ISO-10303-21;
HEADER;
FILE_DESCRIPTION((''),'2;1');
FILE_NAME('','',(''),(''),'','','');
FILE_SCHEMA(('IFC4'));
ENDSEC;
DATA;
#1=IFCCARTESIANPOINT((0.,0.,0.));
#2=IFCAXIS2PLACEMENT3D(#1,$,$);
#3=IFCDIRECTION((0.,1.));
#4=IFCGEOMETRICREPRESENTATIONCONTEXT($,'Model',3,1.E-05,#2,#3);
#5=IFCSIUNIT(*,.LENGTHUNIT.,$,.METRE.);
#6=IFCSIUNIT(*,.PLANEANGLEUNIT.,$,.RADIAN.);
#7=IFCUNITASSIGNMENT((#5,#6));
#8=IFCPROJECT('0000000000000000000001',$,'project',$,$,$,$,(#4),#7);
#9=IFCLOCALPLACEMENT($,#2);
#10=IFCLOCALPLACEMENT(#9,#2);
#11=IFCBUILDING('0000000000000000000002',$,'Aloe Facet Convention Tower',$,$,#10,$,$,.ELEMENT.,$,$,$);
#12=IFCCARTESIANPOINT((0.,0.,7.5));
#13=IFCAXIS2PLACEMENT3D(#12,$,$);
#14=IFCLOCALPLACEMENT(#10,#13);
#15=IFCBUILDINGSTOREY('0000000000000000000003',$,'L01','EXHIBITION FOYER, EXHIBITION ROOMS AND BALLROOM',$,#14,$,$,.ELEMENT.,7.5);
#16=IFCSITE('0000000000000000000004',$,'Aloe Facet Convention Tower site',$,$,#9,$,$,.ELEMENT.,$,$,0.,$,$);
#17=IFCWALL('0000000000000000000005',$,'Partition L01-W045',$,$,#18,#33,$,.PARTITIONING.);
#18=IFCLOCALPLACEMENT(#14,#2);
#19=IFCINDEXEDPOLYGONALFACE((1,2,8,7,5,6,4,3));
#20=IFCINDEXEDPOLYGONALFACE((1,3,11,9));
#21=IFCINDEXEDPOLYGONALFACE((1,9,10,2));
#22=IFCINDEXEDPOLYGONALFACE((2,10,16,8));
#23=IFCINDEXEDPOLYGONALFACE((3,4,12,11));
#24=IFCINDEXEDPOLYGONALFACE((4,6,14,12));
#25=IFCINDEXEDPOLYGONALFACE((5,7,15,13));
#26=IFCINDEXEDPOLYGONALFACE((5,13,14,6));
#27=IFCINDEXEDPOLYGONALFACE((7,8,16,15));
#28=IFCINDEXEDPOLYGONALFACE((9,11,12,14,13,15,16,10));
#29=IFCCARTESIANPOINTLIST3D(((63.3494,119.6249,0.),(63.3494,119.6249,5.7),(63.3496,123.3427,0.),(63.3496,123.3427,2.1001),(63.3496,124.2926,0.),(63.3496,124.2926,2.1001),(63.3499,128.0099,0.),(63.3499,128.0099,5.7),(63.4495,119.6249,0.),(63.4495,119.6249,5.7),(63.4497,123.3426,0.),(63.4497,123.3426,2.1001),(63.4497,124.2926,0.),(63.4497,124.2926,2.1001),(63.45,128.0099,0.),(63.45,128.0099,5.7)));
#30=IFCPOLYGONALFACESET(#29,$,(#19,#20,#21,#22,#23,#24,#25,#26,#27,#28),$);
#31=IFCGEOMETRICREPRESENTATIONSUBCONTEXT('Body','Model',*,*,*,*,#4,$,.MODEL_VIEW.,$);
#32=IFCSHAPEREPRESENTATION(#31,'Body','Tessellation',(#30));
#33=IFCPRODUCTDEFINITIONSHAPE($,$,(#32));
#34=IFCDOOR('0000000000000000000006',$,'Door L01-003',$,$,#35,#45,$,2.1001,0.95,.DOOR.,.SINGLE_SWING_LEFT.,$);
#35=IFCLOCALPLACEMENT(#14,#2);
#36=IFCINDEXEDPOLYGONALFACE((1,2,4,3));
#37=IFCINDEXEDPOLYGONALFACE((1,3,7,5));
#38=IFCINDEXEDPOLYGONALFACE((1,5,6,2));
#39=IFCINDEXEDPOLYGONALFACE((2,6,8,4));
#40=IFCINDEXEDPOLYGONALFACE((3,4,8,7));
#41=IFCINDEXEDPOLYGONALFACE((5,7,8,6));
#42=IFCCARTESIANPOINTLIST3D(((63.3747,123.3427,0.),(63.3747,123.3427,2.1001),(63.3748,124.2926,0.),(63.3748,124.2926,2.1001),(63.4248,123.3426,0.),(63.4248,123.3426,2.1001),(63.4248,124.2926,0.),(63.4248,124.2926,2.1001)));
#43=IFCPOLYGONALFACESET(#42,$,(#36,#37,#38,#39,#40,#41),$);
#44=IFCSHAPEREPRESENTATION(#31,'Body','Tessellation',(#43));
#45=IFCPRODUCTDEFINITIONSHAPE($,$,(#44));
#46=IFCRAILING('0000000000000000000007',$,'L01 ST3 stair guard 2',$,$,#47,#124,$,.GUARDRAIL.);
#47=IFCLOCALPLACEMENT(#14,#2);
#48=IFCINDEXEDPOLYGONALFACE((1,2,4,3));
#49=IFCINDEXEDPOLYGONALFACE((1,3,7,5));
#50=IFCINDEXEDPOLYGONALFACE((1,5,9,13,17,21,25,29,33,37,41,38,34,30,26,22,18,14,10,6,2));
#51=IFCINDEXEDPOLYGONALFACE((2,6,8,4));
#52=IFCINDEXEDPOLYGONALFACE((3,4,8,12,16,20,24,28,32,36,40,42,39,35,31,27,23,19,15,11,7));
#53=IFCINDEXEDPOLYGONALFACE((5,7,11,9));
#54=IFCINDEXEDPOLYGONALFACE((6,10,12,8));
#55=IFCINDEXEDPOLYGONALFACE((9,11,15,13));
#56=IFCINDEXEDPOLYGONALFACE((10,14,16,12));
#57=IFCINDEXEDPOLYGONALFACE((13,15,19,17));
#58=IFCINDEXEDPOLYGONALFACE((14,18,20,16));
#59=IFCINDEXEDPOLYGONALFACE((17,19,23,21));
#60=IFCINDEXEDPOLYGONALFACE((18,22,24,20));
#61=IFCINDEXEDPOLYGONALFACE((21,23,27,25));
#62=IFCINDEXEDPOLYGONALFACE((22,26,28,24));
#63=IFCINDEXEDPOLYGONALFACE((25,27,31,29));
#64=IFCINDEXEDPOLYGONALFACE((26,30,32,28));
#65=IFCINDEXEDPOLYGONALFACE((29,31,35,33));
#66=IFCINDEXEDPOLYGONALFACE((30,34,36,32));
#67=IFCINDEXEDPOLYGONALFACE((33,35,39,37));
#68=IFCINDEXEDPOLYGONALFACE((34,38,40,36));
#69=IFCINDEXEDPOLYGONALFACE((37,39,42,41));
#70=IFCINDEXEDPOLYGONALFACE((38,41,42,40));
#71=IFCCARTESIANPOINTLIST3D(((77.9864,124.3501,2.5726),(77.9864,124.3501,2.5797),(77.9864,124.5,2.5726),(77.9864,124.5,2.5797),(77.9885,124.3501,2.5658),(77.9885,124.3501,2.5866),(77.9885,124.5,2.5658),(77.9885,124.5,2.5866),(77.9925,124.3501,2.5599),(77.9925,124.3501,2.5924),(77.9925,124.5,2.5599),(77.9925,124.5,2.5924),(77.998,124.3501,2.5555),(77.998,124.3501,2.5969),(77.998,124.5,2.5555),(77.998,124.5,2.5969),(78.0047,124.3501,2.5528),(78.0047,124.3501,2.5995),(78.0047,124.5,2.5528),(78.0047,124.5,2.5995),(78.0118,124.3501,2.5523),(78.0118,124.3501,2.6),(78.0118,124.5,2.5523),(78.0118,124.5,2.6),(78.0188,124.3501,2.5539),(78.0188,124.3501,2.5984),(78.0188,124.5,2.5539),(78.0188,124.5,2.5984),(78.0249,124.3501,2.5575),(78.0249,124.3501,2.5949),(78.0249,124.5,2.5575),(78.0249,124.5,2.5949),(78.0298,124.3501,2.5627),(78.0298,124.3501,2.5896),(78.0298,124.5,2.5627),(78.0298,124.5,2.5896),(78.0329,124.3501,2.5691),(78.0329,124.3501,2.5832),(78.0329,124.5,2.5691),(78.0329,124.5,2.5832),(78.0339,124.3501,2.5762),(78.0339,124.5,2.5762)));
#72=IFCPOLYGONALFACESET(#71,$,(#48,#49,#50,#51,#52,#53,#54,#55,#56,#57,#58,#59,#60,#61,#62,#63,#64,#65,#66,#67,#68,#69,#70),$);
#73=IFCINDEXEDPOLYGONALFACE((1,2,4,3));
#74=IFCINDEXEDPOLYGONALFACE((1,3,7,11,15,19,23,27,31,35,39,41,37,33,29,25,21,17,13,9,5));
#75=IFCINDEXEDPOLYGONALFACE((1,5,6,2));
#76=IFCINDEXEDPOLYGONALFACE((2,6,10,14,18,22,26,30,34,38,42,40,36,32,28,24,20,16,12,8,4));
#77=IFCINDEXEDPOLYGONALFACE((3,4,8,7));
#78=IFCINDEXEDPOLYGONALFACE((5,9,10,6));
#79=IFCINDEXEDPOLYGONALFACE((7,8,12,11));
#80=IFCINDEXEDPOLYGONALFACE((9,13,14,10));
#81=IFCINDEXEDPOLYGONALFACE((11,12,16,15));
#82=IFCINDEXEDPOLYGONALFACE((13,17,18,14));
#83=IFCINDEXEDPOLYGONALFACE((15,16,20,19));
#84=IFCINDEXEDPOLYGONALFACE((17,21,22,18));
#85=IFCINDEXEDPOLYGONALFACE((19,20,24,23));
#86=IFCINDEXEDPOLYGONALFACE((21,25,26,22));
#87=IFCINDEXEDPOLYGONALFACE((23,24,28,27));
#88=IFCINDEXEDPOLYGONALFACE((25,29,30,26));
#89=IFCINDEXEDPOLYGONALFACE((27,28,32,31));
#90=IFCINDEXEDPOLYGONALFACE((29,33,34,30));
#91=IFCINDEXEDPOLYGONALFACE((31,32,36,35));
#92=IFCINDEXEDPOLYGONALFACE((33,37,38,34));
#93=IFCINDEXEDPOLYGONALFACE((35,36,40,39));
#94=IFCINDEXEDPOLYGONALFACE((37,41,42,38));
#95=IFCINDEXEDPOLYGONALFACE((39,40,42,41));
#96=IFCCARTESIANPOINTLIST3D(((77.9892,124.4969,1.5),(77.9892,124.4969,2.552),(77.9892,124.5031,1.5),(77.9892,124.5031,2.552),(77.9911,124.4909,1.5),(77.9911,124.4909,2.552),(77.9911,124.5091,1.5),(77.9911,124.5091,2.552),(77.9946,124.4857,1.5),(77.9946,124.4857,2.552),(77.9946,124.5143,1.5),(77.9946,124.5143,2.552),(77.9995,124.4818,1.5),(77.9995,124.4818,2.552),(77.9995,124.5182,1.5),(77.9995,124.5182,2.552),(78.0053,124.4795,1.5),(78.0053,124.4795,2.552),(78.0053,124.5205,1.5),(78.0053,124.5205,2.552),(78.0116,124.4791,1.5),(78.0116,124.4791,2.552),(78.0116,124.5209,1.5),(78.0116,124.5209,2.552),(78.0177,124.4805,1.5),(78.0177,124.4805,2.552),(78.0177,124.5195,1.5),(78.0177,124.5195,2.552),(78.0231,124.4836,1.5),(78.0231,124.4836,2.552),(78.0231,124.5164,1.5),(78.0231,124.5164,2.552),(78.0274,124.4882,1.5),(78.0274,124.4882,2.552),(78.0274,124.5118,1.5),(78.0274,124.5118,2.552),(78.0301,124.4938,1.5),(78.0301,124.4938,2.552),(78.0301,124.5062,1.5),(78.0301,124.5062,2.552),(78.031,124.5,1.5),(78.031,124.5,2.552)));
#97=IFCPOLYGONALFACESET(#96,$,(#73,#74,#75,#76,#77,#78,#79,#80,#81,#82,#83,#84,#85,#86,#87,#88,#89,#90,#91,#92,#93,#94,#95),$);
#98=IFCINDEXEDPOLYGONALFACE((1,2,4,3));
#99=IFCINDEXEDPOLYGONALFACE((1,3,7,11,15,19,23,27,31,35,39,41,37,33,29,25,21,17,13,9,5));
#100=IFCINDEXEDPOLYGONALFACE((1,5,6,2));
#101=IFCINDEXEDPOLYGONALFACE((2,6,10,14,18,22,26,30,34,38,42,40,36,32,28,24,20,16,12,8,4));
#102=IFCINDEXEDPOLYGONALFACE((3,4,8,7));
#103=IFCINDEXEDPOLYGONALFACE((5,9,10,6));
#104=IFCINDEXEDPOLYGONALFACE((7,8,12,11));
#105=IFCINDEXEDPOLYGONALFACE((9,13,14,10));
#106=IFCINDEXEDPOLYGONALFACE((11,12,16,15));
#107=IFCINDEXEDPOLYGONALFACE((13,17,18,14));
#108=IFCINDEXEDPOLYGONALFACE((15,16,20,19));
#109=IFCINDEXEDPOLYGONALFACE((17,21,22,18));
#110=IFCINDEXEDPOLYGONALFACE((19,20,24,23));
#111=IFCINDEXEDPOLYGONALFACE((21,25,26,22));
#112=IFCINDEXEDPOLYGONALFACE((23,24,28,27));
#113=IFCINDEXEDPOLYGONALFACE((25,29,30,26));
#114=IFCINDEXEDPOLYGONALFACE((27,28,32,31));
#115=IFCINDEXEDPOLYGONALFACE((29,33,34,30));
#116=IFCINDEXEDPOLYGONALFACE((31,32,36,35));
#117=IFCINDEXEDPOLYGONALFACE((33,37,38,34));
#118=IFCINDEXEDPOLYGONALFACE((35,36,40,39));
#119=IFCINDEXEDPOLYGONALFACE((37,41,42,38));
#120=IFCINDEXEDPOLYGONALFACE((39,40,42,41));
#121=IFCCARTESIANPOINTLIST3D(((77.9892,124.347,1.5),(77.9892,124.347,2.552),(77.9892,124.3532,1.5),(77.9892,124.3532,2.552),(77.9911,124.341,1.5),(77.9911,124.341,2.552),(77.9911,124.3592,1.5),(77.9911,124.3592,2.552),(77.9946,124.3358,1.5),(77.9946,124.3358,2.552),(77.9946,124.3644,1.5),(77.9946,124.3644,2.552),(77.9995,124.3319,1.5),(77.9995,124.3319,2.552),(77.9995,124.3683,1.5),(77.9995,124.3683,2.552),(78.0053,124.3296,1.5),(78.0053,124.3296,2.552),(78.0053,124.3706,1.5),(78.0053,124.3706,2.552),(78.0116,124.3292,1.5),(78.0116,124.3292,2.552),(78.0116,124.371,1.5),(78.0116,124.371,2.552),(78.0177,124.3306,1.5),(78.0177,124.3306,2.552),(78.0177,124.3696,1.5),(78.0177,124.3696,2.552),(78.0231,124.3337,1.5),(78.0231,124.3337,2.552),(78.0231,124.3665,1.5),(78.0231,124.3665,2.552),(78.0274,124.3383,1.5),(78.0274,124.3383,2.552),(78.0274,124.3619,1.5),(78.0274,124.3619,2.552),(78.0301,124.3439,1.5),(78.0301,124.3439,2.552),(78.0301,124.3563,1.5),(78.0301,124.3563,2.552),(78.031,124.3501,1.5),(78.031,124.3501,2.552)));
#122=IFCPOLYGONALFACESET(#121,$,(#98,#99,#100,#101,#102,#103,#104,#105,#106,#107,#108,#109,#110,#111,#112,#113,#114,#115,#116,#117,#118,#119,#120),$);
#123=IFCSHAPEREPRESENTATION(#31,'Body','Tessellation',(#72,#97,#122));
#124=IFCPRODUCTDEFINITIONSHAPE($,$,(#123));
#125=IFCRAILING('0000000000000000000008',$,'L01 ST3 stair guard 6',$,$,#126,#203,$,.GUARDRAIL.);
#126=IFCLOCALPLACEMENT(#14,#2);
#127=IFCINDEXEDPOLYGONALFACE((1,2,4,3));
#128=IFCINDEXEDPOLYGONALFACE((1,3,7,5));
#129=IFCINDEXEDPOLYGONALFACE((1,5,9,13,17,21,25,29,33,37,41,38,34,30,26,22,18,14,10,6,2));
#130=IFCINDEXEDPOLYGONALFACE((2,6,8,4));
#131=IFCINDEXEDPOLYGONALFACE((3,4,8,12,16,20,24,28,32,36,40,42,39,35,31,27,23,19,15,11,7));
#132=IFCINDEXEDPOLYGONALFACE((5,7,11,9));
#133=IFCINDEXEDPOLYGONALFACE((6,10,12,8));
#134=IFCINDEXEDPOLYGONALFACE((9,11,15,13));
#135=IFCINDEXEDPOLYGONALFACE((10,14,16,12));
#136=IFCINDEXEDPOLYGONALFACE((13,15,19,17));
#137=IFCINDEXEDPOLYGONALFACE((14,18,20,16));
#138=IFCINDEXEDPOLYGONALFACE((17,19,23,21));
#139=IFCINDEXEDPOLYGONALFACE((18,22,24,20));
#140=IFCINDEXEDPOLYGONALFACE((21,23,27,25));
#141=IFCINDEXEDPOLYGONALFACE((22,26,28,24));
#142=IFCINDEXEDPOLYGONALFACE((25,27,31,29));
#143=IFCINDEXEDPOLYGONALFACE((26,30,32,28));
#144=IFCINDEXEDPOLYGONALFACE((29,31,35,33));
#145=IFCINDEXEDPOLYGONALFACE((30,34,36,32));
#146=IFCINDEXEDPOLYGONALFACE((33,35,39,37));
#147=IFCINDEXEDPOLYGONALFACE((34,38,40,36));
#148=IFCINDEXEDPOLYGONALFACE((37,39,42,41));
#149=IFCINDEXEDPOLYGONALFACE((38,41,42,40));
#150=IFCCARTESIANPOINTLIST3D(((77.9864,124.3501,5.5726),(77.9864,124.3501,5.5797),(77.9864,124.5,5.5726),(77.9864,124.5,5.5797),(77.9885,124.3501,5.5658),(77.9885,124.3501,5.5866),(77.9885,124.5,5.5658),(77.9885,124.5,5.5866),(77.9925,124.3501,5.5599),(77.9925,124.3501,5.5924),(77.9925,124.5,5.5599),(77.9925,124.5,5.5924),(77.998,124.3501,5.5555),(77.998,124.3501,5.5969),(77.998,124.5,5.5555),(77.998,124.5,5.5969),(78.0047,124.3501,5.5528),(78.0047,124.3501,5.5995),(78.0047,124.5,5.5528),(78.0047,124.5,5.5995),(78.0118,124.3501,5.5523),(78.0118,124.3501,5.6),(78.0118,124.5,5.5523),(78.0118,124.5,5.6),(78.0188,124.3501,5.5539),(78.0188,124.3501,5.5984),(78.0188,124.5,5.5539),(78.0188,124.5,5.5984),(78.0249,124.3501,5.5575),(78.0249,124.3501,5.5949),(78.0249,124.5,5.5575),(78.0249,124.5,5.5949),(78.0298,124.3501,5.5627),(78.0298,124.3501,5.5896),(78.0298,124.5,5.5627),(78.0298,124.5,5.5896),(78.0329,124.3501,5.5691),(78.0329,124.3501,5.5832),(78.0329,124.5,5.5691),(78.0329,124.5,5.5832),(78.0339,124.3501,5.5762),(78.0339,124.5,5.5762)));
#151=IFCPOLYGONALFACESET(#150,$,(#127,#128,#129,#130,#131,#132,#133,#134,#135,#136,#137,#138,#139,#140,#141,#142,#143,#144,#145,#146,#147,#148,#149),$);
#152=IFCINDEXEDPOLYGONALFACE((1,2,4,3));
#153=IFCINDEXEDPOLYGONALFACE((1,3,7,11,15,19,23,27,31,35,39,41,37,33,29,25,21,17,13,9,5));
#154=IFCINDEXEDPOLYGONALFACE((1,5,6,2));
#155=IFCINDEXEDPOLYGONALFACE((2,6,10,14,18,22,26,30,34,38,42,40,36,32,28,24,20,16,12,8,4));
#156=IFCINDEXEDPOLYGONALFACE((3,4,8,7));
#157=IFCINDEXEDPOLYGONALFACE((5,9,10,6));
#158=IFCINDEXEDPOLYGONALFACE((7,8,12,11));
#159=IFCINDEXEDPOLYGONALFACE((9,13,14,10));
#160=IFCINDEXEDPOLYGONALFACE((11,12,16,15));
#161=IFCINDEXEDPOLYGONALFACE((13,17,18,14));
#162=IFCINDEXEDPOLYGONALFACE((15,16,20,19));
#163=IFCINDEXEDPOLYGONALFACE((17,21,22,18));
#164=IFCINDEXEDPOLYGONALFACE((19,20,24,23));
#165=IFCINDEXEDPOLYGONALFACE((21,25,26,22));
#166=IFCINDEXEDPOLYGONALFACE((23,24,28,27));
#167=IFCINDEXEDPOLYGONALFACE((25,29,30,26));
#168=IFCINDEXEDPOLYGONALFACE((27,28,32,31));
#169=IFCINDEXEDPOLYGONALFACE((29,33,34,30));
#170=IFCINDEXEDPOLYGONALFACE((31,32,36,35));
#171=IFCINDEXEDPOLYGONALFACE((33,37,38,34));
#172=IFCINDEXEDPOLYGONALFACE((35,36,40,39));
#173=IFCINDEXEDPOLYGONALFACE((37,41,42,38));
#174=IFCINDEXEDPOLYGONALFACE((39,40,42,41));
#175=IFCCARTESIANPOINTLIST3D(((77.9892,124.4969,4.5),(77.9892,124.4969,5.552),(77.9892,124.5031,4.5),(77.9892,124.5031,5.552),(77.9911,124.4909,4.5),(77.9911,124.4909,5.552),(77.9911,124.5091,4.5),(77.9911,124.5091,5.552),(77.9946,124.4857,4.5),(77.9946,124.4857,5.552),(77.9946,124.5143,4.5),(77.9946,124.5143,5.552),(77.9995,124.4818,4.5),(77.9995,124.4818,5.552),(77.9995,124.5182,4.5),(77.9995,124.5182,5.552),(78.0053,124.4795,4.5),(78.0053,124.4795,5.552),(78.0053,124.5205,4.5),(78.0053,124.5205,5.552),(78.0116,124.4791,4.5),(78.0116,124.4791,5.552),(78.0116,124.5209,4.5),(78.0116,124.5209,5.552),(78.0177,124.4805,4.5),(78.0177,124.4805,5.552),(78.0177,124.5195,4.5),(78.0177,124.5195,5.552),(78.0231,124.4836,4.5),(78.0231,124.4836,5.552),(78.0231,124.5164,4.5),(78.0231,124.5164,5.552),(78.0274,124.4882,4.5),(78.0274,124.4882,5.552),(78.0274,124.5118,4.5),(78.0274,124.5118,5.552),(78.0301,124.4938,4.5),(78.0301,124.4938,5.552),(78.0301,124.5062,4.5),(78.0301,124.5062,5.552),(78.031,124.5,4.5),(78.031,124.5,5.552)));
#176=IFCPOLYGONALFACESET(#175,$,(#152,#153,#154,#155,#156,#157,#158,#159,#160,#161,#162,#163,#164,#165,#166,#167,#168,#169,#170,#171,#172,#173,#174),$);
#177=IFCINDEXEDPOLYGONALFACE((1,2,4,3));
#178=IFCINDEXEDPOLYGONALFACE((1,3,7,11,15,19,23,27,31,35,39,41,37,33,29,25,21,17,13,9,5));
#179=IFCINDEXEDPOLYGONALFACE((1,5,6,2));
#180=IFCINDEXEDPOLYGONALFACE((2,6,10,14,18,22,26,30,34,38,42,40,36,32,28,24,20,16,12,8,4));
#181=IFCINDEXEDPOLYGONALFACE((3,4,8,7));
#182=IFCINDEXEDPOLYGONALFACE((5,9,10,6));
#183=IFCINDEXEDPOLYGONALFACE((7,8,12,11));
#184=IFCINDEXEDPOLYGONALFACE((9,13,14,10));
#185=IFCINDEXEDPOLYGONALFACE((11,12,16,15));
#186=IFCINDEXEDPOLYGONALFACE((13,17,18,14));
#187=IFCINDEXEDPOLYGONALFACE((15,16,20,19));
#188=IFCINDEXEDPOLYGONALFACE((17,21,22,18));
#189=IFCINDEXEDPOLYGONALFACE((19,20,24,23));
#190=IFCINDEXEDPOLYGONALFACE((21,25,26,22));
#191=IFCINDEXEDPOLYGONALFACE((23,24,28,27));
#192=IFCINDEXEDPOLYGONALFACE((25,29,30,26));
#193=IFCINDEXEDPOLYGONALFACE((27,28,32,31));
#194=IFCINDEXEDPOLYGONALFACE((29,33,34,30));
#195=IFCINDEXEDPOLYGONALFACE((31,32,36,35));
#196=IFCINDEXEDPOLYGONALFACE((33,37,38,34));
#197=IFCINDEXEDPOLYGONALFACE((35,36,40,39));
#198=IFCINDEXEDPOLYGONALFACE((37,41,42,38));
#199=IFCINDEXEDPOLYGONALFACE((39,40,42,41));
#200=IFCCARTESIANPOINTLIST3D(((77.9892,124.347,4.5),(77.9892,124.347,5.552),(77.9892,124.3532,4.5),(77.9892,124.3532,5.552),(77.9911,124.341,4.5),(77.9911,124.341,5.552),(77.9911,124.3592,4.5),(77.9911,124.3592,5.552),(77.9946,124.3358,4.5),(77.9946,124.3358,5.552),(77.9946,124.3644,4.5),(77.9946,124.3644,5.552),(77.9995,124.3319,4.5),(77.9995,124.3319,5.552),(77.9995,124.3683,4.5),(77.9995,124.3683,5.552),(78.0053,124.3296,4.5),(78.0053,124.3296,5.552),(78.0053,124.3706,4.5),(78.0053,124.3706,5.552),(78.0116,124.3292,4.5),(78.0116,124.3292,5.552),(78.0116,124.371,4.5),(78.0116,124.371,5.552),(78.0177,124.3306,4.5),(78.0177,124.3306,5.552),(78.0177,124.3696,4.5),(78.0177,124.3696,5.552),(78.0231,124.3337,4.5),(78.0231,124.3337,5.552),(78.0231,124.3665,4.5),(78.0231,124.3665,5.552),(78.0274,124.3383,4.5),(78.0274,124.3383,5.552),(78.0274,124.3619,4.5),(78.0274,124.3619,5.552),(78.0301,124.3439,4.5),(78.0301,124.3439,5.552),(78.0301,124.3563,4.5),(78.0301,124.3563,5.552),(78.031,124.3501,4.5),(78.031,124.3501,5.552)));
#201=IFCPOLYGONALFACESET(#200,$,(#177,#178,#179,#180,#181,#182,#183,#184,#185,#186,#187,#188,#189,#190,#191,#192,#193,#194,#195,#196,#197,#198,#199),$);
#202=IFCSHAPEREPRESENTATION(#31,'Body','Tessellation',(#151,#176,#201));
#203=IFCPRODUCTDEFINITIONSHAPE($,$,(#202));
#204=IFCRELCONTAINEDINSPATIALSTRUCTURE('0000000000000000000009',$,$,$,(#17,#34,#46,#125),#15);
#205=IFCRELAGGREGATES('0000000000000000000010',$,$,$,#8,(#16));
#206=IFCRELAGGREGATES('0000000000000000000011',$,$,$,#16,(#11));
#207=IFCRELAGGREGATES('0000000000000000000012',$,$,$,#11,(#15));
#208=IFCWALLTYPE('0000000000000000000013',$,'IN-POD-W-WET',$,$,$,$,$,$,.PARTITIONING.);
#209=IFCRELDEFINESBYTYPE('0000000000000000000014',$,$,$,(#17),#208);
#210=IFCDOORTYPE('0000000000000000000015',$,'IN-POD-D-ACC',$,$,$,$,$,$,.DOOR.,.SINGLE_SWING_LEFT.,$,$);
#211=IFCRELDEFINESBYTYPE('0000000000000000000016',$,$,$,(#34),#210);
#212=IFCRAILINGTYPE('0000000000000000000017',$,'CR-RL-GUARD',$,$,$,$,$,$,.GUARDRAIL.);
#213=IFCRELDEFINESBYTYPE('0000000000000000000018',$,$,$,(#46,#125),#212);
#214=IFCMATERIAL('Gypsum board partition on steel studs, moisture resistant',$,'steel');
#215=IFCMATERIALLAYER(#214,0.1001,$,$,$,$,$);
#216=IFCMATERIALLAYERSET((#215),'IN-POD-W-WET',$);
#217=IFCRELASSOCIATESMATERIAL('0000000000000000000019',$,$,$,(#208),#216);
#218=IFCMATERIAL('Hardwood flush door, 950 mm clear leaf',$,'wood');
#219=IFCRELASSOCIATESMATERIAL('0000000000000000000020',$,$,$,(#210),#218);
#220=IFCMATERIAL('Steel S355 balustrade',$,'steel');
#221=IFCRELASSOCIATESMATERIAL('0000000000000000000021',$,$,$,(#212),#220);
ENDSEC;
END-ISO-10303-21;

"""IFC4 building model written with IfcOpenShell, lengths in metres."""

from ifc_helpers import new_model, si_unit, direction, frame, frame_2d, origin, origin_2d, place, context, subcontext, project, spatial, rectangle, circle, extrude, material, layer, layer_set, type_object, element, fill, save


model = new_model("IFC4")

# Units and contexts
model_context = context("Model", 3, precision=1e-05, world=origin(), true_north=direction((0.0, 1.0)))
body_context = subcontext(model_context, "Body", "Model", "MODEL_VIEW")
ifc_project = project(units=[si_unit("LENGTHUNIT", "METRE"), si_unit("PLANEANGLEUNIT", "RADIAN")], contexts=[model_context])

# Site, building, storey
site_placement = place(None, origin())
site = spatial("IfcSite", under=ifc_project, at=site_placement, Name="Aloe Facet Convention Tower site", CompositionType="ELEMENT", RefElevation=0.0)
building_placement = place(site_placement, origin())
building = spatial("IfcBuilding", under=site, at=building_placement, Name="Aloe Facet Convention Tower", CompositionType="ELEMENT")
storey_placement = place(building_placement, frame((0.0, 0.0, 7.5)))
storey = spatial("IfcBuildingStorey", under=building, at=storey_placement, Name="L01", Description="EXHIBITION FOYER, EXHIBITION ROOMS AND BALLROOM", CompositionType="ELEMENT", Elevation=7.5)

# Wall, opening, door
ifc_material_1 = material(Name="Gypsum board partition on steel studs, moisture resistant", Category="steel")
ifc_layer_1 = layer(ifc_material_1, 0.1001)
ifc_layer_set_1 = layer_set([ifc_layer_1], Name="IN-POD-W-WET")
wall_type_1 = type_object("IfcWallType", Name="IN-POD-W-WET", PredefinedType="PARTITIONING", material=ifc_layer_set_1)
wall_1_placement = place(storey_placement, frame((63.3994, 119.625, 0.0), z_axis=(0.0, 0.0, 1.0), x_axis=(0.000058, 1.0, 0.0)))
wall_1 = element("IfcWall", 1, at=wall_1_placement, inside=storey, type_object=wall_type_1, Name="Partition L01-W045", PredefinedType="PARTITIONING", context=body_context, shape_type="SweptSolid", body=[
    extrude(rectangle(XDim=8.385, YDim=0.1001, at=frame_2d((4.1924, 0.0))), origin(), (0.0, 0.0, 1.0), 5.7),
])
opening_1_placement = place(wall_1_placement, frame((3.7175, 0.0, 0.0)))
opening_1 = element("IfcOpeningElement", 2, at=opening_1_placement, cuts=wall_1, PredefinedType="OPENING", context=body_context, shape_type="SweptSolid", body=[
    extrude(rectangle(XDim=0.95, YDim=2.1001, at=frame_2d((0.4751, 1.05))), frame((0.0, 0.0601, 0.0), z_axis=(0.0, -1.0, 0.0), x_axis=(1.0, 0.0, 0.0)), (0.0, 0.0, 1.0), 0.1201),
])
ifc_material_2 = material(Name="Hardwood flush door, 950 mm clear leaf", Category="wood")
door_type_1 = type_object("IfcDoorType", Name="IN-POD-D-ACC", OperationType="SINGLE_SWING_LEFT", PredefinedType="DOOR", material=ifc_material_2)
door_1_placement = place(opening_1_placement, origin())
door_1 = element("IfcDoor", 3, at=door_1_placement, inside=storey, type_object=door_type_1, Name="Door L01-003", OperationType="SINGLE_SWING_LEFT", OverallHeight=2.1001, OverallWidth=0.95, PredefinedType="DOOR", context=body_context, shape_type="SweptSolid", body=[
    extrude(rectangle(XDim=0.95, YDim=2.1001, at=frame_2d((0.4751, 1.05))), frame((0.0, 0.0249, 0.0), z_axis=(0.0, -1.0, 0.0), x_axis=(1.0, 0.0, 0.0)), (0.0, 0.0, 1.0), 0.05),
])
fill(opening_1, door_1)

# Railings
ifc_material_3 = material(Name="Steel S355 balustrade", Category="steel")
railing_type_1 = type_object("IfcRailingType", Name="CR-RL-GUARD", PredefinedType="GUARDRAIL", material=ifc_material_3)
for number, where, name in (
    (4, (78.01, 124.5, 1.5), "L01 ST3 stair guard 2"),
    (5, (78.01, 124.5, 4.5), "L01 ST3 stair guard 6"),
):
    element("IfcRailing", number, at=place(storey_placement, frame(where)), inside=storey, type_object=railing_type_1, Name=name, PredefinedType="GUARDRAIL", context=body_context, shape_type="SweptSolid", body=[
        extrude(circle(Radius=0.0239, at=origin_2d()), frame((0.0, 0.0, 1.0762), z_axis=(0.0, -1.0, 0.0), x_axis=(1.0, 0.0, 0.0)), (0.0, 0.0, 1.0), 0.1499),
        extrude(circle(Radius=0.021, at=origin_2d()), origin(), (0.0, 0.0, 1.0), 1.052),
        extrude(circle(Radius=0.021, at=origin_2d()), frame((0.0, -0.1499, 0.0)), (0.0, 0.0, 1.0), 1.052),
    ])

save(model, "model.ifc")
